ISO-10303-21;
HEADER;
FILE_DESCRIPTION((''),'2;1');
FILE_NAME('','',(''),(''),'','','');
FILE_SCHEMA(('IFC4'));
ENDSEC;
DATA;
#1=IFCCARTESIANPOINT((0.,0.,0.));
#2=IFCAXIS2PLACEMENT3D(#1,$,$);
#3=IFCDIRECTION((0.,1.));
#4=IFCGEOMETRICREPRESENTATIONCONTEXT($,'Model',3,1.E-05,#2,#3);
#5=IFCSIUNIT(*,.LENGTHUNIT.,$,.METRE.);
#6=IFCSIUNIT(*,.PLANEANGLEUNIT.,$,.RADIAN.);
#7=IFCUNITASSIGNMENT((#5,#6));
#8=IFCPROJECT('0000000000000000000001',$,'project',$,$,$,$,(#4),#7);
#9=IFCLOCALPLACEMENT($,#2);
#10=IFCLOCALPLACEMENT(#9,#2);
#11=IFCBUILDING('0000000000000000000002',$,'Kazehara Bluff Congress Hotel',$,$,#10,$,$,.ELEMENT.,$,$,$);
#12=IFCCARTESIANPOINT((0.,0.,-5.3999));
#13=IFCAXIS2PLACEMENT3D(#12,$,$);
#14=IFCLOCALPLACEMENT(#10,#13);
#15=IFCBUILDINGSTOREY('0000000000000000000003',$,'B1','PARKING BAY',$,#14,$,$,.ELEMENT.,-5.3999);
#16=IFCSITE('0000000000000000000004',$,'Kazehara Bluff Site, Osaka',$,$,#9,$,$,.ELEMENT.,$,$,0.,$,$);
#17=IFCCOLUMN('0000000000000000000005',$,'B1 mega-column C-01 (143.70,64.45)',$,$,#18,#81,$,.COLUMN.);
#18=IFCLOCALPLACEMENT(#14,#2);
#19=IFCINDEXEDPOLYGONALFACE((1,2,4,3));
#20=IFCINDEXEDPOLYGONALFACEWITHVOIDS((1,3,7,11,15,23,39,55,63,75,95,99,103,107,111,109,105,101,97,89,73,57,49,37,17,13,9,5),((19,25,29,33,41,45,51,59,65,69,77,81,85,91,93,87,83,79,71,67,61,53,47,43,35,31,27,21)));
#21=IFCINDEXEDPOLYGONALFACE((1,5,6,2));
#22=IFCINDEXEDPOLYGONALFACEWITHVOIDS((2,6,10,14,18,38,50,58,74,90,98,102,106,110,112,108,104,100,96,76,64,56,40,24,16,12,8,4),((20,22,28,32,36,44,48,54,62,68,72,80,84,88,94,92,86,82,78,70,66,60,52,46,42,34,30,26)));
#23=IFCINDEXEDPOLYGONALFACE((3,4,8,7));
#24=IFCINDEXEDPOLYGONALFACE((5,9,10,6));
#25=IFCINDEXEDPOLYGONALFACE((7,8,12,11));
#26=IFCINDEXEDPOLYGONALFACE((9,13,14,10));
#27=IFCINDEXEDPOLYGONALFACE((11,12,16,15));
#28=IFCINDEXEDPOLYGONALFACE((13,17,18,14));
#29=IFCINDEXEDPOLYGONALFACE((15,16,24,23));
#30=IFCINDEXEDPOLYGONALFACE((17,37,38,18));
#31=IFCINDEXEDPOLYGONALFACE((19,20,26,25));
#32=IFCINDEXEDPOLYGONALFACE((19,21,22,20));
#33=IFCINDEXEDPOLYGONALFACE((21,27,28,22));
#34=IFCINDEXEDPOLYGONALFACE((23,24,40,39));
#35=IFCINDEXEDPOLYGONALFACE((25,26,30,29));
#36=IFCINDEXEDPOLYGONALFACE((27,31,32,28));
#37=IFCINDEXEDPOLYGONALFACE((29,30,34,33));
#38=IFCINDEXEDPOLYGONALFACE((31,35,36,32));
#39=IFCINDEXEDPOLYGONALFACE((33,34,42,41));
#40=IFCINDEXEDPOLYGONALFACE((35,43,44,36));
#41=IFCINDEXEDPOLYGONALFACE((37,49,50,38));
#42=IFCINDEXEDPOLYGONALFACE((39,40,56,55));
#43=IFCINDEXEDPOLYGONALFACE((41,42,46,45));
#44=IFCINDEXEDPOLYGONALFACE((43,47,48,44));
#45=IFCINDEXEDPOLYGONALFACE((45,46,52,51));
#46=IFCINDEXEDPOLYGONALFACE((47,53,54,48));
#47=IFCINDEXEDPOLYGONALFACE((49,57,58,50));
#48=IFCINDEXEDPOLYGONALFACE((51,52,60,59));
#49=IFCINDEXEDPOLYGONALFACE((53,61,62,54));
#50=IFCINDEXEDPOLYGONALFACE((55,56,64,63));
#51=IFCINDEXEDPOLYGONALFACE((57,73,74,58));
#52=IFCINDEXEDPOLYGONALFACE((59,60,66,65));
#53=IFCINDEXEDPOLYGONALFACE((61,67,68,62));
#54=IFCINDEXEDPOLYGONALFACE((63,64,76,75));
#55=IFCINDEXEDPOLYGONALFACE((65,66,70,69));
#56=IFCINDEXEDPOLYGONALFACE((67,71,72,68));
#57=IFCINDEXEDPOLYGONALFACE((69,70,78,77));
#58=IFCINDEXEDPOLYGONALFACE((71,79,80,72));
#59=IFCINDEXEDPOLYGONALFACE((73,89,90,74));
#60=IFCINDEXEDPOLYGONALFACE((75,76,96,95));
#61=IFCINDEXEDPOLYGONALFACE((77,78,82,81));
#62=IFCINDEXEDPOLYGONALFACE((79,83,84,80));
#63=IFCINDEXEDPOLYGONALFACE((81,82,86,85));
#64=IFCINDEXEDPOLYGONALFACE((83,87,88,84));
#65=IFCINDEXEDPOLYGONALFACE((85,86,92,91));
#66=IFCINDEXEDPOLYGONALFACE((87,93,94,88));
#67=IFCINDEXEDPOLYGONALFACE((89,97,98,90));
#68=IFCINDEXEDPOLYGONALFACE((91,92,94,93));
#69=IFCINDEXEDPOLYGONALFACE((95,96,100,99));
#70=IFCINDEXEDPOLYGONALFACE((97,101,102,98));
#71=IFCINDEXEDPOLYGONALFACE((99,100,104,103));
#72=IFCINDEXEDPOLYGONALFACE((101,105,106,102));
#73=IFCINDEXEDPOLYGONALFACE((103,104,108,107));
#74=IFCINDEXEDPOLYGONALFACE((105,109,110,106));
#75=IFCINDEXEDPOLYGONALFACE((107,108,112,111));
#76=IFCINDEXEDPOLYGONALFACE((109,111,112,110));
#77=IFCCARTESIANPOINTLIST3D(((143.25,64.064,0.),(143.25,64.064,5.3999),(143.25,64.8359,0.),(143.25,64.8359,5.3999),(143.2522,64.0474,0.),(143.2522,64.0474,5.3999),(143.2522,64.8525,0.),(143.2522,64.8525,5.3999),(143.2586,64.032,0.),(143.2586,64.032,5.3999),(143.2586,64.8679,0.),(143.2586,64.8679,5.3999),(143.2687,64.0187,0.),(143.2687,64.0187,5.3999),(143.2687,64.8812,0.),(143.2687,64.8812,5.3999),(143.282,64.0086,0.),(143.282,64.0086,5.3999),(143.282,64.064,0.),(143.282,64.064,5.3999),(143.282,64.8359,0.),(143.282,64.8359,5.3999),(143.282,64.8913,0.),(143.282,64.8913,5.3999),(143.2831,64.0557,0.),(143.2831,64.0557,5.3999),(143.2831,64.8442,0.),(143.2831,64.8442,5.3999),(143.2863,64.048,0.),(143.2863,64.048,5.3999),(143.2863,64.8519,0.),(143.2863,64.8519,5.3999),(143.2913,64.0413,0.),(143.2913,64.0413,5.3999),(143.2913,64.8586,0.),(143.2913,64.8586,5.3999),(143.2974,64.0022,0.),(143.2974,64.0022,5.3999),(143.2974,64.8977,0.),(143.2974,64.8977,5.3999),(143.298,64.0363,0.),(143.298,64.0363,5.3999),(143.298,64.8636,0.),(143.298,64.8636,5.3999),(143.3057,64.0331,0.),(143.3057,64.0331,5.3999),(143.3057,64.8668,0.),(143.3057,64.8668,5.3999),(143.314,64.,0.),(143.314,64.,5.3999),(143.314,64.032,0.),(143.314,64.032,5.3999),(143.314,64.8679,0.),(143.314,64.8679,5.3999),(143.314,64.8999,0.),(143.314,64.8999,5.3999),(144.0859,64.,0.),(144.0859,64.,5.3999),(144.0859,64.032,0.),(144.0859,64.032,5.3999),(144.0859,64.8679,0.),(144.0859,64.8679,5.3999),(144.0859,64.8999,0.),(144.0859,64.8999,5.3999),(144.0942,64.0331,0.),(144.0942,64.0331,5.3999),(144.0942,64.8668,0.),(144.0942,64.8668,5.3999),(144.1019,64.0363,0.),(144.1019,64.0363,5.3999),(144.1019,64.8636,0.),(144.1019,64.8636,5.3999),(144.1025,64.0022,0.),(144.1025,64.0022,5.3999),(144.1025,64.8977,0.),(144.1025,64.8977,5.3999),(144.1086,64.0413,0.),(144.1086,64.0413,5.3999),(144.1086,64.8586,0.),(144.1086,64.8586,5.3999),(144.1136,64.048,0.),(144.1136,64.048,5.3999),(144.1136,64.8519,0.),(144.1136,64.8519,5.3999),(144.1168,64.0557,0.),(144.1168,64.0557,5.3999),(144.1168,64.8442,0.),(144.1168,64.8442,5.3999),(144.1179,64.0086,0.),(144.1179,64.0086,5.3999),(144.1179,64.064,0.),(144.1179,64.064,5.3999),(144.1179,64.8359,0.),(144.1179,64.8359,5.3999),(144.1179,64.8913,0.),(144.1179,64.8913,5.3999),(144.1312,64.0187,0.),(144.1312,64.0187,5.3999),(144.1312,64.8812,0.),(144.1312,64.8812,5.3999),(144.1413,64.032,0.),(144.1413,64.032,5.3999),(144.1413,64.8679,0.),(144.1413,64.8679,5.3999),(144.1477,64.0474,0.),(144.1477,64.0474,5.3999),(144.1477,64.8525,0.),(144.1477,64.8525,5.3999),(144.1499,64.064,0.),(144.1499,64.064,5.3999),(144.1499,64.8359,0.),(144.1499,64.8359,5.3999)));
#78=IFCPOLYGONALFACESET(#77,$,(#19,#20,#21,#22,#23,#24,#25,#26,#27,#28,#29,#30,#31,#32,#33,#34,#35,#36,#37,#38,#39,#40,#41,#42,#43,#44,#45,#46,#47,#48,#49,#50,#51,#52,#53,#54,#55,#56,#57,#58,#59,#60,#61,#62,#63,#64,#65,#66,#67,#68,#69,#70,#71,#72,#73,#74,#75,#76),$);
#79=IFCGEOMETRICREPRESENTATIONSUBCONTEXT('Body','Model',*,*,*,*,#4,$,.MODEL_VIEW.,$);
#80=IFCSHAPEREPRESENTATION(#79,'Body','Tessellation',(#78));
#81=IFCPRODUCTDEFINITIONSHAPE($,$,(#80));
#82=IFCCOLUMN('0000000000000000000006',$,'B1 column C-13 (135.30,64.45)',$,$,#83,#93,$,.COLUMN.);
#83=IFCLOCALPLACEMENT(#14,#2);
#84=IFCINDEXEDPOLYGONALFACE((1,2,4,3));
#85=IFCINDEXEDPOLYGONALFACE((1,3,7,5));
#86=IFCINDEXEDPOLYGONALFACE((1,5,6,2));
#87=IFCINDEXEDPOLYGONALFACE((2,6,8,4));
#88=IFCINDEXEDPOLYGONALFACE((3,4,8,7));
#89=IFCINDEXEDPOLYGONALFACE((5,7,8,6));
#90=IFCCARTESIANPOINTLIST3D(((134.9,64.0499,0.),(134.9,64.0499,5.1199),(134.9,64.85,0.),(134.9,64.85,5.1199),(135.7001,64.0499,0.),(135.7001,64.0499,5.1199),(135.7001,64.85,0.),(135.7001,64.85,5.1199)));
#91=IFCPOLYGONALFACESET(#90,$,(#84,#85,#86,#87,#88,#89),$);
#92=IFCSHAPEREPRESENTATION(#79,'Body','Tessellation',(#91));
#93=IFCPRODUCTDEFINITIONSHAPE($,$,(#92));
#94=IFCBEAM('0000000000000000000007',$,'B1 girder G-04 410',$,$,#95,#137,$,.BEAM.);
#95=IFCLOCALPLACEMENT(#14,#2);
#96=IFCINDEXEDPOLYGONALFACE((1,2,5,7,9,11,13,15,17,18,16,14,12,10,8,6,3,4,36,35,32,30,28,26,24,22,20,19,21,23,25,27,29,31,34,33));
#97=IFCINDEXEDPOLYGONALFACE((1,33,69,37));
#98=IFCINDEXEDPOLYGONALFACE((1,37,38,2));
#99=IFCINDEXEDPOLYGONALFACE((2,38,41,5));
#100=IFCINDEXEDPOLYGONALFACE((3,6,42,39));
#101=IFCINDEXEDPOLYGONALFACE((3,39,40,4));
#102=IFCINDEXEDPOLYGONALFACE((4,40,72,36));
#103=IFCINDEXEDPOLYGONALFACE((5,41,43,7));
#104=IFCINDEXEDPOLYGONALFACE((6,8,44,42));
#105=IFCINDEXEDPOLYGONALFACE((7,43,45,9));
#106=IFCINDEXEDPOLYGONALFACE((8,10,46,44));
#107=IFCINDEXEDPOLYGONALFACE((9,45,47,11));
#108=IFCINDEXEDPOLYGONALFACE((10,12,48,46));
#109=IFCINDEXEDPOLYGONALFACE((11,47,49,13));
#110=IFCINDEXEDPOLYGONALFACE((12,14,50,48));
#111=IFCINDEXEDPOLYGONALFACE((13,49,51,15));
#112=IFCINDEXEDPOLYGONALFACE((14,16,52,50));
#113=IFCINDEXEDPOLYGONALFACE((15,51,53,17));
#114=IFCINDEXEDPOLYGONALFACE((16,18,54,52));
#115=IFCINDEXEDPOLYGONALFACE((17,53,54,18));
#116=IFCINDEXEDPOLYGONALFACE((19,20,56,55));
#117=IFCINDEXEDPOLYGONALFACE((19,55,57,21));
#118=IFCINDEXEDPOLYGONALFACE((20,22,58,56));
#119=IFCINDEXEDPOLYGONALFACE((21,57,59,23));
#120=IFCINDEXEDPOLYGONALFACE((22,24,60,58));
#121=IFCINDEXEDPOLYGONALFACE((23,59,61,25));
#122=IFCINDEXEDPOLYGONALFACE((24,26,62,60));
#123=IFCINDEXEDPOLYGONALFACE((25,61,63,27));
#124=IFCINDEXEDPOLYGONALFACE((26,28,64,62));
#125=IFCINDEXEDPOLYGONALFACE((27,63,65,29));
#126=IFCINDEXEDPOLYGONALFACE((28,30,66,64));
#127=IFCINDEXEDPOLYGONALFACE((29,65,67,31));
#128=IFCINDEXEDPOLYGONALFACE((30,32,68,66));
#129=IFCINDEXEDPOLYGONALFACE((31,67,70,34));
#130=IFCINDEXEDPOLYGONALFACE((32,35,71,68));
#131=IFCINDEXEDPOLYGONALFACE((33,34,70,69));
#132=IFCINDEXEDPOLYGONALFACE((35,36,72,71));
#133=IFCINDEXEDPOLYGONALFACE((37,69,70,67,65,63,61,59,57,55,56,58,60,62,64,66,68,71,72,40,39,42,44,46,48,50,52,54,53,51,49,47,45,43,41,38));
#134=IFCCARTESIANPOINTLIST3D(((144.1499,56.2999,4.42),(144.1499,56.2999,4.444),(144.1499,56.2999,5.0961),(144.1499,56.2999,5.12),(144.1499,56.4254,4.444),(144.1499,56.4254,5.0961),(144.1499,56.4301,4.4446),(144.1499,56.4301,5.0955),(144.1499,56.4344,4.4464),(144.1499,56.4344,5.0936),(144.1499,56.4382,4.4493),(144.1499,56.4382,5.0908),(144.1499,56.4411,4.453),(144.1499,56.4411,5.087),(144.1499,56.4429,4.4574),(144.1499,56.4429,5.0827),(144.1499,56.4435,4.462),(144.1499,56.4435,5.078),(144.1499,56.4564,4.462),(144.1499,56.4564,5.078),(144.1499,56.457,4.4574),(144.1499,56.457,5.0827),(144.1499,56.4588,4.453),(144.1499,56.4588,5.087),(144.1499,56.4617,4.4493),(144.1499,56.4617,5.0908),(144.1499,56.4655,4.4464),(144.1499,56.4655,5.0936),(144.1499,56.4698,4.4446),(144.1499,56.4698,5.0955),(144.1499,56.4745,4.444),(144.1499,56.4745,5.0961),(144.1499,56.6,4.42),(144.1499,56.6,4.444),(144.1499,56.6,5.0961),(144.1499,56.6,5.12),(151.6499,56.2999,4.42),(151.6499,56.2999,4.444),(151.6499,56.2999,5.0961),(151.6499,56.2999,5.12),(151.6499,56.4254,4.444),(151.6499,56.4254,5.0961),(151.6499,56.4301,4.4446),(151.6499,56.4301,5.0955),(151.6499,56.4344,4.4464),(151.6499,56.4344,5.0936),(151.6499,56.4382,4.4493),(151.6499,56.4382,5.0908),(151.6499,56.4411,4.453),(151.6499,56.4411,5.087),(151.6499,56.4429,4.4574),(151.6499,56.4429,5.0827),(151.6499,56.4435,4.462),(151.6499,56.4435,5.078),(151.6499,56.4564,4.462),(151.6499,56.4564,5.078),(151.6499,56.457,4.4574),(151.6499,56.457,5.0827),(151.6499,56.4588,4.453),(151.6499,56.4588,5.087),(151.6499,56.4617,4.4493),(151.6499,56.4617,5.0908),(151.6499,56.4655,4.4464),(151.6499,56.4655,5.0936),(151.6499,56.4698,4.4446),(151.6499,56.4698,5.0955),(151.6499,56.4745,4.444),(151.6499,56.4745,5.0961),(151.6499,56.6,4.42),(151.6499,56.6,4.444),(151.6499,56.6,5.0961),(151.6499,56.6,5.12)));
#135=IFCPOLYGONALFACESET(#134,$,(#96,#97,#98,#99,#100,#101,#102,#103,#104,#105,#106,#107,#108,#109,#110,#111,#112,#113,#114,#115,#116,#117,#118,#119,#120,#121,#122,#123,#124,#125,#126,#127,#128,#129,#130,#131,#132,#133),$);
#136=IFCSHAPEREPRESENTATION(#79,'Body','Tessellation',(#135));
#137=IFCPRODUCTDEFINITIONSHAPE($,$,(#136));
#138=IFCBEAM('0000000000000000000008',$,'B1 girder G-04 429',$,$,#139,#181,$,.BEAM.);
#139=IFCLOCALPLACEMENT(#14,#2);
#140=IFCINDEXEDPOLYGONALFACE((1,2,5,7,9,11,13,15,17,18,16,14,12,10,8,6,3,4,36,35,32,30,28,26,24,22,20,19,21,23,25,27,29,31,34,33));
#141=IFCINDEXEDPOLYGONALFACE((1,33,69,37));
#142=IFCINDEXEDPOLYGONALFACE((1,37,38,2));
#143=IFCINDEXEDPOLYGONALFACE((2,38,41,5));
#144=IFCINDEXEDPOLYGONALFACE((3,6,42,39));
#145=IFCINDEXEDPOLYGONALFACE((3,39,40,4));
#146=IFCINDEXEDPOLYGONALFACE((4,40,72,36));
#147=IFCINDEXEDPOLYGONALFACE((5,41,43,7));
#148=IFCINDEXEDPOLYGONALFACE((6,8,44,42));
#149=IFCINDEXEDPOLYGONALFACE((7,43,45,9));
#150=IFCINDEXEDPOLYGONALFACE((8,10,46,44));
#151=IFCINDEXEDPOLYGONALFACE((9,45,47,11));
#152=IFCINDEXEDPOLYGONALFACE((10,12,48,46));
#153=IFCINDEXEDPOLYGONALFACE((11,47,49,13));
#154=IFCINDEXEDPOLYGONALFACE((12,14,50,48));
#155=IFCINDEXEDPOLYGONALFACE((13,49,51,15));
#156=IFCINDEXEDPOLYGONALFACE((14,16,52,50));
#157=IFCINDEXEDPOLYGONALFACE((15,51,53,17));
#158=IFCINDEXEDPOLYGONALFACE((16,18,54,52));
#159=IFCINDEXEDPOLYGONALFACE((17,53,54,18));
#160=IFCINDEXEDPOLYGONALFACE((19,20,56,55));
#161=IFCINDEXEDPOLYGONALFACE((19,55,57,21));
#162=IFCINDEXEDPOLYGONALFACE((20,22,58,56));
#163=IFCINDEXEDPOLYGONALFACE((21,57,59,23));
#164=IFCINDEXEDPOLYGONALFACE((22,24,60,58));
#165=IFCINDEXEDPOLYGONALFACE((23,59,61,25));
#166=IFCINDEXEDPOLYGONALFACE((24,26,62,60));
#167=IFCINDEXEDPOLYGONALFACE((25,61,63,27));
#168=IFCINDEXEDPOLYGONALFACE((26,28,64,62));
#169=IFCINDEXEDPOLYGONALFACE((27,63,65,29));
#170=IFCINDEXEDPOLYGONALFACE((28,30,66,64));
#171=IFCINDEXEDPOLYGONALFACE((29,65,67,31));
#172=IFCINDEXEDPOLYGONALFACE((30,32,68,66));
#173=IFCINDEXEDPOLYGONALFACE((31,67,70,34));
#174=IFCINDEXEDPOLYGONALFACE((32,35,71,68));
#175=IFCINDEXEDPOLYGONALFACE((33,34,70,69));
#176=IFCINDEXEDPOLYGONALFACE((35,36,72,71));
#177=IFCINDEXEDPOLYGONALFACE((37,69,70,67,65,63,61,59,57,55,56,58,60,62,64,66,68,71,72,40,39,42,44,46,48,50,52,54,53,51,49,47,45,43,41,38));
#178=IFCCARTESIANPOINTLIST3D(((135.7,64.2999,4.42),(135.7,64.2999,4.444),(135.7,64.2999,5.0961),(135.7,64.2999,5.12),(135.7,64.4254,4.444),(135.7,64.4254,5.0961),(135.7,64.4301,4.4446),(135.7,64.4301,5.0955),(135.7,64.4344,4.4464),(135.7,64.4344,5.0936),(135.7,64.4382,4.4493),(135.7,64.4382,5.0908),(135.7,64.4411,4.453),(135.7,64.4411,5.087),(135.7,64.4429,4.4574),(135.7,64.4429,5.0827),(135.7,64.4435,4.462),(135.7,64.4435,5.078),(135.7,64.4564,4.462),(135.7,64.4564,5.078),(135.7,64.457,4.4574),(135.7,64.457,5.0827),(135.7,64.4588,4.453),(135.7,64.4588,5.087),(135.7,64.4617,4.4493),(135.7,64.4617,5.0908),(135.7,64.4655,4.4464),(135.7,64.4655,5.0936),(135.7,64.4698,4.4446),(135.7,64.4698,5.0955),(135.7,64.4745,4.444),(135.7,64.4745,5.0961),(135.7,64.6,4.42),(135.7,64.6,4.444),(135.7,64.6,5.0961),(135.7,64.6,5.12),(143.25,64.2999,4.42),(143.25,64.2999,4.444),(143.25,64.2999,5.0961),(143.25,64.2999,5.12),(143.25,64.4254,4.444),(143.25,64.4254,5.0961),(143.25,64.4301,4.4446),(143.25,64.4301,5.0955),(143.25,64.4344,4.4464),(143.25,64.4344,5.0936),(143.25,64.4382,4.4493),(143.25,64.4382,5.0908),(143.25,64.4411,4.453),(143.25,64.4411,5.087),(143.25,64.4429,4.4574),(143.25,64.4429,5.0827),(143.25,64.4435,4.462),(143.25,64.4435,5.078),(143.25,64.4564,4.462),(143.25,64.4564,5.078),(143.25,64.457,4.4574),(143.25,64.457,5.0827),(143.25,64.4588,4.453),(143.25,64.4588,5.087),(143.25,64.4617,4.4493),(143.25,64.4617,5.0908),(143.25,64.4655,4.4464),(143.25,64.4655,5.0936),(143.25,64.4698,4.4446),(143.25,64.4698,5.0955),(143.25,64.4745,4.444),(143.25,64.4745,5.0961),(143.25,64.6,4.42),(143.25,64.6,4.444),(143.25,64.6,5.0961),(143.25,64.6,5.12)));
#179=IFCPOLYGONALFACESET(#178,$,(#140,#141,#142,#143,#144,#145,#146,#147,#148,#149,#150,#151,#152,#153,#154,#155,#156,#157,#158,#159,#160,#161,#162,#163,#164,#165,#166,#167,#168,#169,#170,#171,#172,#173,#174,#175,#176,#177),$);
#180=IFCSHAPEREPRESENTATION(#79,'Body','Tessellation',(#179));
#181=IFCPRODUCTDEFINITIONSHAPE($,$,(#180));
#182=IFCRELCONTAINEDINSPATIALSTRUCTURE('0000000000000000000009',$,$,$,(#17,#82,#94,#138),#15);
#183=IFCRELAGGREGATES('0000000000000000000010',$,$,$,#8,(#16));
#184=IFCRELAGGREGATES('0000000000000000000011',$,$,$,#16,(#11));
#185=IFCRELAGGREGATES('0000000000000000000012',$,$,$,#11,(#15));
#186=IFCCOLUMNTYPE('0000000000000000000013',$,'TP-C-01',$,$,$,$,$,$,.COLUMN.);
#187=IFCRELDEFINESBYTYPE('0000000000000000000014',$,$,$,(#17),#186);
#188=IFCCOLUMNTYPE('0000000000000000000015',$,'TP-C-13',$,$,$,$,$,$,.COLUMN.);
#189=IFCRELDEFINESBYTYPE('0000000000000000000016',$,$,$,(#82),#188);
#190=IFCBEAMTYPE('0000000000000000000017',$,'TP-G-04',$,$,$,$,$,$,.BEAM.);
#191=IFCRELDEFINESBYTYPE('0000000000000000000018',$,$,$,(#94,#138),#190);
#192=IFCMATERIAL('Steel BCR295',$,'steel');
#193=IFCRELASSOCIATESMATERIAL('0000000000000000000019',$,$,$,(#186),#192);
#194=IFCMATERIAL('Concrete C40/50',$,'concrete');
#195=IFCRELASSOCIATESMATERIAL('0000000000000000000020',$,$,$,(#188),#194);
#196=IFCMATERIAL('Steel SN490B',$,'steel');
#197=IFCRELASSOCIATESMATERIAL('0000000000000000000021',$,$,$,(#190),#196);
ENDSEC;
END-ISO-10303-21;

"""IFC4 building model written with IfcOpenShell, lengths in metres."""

from ifc_helpers import new_model, si_unit, direction, frame, origin, origin_2d, place, context, subcontext, project, spatial, rectangle, hollow_rectangle, i_section, extrude, material, material_profile, profile_set, type_object, element, save


model = new_model("IFC4")

# Units and contexts
model_context = context("Model", 3, precision=1e-05, world=origin(), true_north=direction((0.0, 1.0)))
body_context = subcontext(model_context, "Body", "Model", "MODEL_VIEW")
ifc_project = project(units=[si_unit("LENGTHUNIT", "METRE"), si_unit("PLANEANGLEUNIT", "RADIAN")], contexts=[model_context])

# Site, building, storey
site_placement = place(None, origin())
site = spatial("IfcSite", under=ifc_project, at=site_placement, Name="Kazehara Bluff Site, Osaka", CompositionType="ELEMENT", RefElevation=0.0)
building_placement = place(site_placement, origin())
building = spatial("IfcBuilding", under=site, at=building_placement, Name="Kazehara Bluff Congress Hotel", CompositionType="ELEMENT")
storey_placement = place(building_placement, frame((0.0, 0.0, -5.3999)))
storey = spatial("IfcBuildingStorey", under=building, at=storey_placement, Name="B1", Description="PARKING BAY", CompositionType="ELEMENT", Elevation=-5.3999)

# Columns
ifc_material_1 = material(Name="Steel BCR295", Category="steel")
ifc_material_profile_1 = material_profile(ifc_material_1, hollow_rectangle(XDim=0.8999, YDim=0.8999, WallThickness=0.032, InnerFilletRadius=0.032, OuterFilletRadius=0.064, at=origin_2d()))
ifc_profile_set_1 = profile_set([ifc_material_profile_1], Name="Steel BCR295")
column_type_1 = type_object("IfcColumnType", Name="TP-C-01", PredefinedType="COLUMN", material=ifc_profile_set_1)
for number, where, z_axis, x_axis, name in (
    (1, (143.7, 64.45, 0.0), (0.0, 0.0, 1.0), (1.0, 0.0, 0.0), "B1 mega-column C-01 (143.70,64.45)"),
):
    element("IfcColumn", number, at=place(storey_placement, frame(where, z_axis=z_axis, x_axis=x_axis)), inside=storey, type_object=column_type_1, Name=name, PredefinedType="COLUMN", context=body_context, shape_type="SweptSolid", body=[
        extrude(hollow_rectangle(XDim=0.8999, YDim=0.8999, WallThickness=0.032, InnerFilletRadius=0.032, OuterFilletRadius=0.064, at=origin_2d()), origin(), (0.0, 0.0, 1.0), 5.3999),
    ])
ifc_material_2 = material(Name="Concrete C40/50", Category="concrete")
ifc_material_profile_2 = material_profile(ifc_material_2, rectangle(XDim=0.8, YDim=0.8, at=origin_2d()))
ifc_profile_set_2 = profile_set([ifc_material_profile_2], Name="Concrete C40/50")
column_type_2 = type_object("IfcColumnType", Name="TP-C-13", PredefinedType="COLUMN", material=ifc_profile_set_2)
column_placement = place(storey_placement, frame((135.3, 64.45, 0.0), z_axis=(0.0, 0.0, 1.0), x_axis=(1.0, 0.0, 0.0)))
element("IfcColumn", 2, at=column_placement, inside=storey, type_object=column_type_2, Name="B1 column C-13 (135.30,64.45)", PredefinedType="COLUMN", context=body_context, shape_type="SweptSolid", body=[
    extrude(rectangle(XDim=0.8, YDim=0.8, at=origin_2d()), origin(), (0.0, 0.0, 1.0), 5.1199),
])

# Beams
ifc_material_3 = material(Name="Steel SN490B", Category="steel")
ifc_material_profile_3 = material_profile(ifc_material_3, i_section(OverallWidth=0.3, OverallDepth=0.7, WebThickness=0.0129, FlangeThickness=0.0239, FilletRadius=0.0181, at=origin_2d()))
ifc_profile_set_3 = profile_set([ifc_material_profile_3], Name="Steel SN490B")
beam_type_1 = type_object("IfcBeamType", Name="TP-G-04", PredefinedType="BEAM", material=ifc_profile_set_3)
beam_1_placement = place(storey_placement, frame((144.1499, 56.45, 4.77), z_axis=(1.0, 0.0, 0.0), x_axis=(0.0, 1.0, 0.0)))
element("IfcBeam", 3, at=beam_1_placement, inside=storey, type_object=beam_type_1, Name="B1 girder G-04 410", PredefinedType="BEAM", context=body_context, shape_type="SweptSolid", body=[
    extrude(i_section(OverallWidth=0.3, OverallDepth=0.7, WebThickness=0.0129, FlangeThickness=0.0239, FilletRadius=0.0181, at=origin_2d()), origin(), (0.0, 0.0, 1.0), 7.5),
])
beam_2_placement = place(storey_placement, frame((135.7, 64.45, 4.77), z_axis=(1.0, 0.0, 0.0), x_axis=(0.0, 1.0, 0.0)))
element("IfcBeam", 4, at=beam_2_placement, inside=storey, type_object=beam_type_1, Name="B1 girder G-04 429", PredefinedType="BEAM", context=body_context, shape_type="SweptSolid", body=[
    extrude(i_section(OverallWidth=0.3, OverallDepth=0.7, WebThickness=0.0129, FlangeThickness=0.0239, FilletRadius=0.0181, at=origin_2d()), origin(), (0.0, 0.0, 1.0), 7.55),
])

save(model, "model.ifc")
